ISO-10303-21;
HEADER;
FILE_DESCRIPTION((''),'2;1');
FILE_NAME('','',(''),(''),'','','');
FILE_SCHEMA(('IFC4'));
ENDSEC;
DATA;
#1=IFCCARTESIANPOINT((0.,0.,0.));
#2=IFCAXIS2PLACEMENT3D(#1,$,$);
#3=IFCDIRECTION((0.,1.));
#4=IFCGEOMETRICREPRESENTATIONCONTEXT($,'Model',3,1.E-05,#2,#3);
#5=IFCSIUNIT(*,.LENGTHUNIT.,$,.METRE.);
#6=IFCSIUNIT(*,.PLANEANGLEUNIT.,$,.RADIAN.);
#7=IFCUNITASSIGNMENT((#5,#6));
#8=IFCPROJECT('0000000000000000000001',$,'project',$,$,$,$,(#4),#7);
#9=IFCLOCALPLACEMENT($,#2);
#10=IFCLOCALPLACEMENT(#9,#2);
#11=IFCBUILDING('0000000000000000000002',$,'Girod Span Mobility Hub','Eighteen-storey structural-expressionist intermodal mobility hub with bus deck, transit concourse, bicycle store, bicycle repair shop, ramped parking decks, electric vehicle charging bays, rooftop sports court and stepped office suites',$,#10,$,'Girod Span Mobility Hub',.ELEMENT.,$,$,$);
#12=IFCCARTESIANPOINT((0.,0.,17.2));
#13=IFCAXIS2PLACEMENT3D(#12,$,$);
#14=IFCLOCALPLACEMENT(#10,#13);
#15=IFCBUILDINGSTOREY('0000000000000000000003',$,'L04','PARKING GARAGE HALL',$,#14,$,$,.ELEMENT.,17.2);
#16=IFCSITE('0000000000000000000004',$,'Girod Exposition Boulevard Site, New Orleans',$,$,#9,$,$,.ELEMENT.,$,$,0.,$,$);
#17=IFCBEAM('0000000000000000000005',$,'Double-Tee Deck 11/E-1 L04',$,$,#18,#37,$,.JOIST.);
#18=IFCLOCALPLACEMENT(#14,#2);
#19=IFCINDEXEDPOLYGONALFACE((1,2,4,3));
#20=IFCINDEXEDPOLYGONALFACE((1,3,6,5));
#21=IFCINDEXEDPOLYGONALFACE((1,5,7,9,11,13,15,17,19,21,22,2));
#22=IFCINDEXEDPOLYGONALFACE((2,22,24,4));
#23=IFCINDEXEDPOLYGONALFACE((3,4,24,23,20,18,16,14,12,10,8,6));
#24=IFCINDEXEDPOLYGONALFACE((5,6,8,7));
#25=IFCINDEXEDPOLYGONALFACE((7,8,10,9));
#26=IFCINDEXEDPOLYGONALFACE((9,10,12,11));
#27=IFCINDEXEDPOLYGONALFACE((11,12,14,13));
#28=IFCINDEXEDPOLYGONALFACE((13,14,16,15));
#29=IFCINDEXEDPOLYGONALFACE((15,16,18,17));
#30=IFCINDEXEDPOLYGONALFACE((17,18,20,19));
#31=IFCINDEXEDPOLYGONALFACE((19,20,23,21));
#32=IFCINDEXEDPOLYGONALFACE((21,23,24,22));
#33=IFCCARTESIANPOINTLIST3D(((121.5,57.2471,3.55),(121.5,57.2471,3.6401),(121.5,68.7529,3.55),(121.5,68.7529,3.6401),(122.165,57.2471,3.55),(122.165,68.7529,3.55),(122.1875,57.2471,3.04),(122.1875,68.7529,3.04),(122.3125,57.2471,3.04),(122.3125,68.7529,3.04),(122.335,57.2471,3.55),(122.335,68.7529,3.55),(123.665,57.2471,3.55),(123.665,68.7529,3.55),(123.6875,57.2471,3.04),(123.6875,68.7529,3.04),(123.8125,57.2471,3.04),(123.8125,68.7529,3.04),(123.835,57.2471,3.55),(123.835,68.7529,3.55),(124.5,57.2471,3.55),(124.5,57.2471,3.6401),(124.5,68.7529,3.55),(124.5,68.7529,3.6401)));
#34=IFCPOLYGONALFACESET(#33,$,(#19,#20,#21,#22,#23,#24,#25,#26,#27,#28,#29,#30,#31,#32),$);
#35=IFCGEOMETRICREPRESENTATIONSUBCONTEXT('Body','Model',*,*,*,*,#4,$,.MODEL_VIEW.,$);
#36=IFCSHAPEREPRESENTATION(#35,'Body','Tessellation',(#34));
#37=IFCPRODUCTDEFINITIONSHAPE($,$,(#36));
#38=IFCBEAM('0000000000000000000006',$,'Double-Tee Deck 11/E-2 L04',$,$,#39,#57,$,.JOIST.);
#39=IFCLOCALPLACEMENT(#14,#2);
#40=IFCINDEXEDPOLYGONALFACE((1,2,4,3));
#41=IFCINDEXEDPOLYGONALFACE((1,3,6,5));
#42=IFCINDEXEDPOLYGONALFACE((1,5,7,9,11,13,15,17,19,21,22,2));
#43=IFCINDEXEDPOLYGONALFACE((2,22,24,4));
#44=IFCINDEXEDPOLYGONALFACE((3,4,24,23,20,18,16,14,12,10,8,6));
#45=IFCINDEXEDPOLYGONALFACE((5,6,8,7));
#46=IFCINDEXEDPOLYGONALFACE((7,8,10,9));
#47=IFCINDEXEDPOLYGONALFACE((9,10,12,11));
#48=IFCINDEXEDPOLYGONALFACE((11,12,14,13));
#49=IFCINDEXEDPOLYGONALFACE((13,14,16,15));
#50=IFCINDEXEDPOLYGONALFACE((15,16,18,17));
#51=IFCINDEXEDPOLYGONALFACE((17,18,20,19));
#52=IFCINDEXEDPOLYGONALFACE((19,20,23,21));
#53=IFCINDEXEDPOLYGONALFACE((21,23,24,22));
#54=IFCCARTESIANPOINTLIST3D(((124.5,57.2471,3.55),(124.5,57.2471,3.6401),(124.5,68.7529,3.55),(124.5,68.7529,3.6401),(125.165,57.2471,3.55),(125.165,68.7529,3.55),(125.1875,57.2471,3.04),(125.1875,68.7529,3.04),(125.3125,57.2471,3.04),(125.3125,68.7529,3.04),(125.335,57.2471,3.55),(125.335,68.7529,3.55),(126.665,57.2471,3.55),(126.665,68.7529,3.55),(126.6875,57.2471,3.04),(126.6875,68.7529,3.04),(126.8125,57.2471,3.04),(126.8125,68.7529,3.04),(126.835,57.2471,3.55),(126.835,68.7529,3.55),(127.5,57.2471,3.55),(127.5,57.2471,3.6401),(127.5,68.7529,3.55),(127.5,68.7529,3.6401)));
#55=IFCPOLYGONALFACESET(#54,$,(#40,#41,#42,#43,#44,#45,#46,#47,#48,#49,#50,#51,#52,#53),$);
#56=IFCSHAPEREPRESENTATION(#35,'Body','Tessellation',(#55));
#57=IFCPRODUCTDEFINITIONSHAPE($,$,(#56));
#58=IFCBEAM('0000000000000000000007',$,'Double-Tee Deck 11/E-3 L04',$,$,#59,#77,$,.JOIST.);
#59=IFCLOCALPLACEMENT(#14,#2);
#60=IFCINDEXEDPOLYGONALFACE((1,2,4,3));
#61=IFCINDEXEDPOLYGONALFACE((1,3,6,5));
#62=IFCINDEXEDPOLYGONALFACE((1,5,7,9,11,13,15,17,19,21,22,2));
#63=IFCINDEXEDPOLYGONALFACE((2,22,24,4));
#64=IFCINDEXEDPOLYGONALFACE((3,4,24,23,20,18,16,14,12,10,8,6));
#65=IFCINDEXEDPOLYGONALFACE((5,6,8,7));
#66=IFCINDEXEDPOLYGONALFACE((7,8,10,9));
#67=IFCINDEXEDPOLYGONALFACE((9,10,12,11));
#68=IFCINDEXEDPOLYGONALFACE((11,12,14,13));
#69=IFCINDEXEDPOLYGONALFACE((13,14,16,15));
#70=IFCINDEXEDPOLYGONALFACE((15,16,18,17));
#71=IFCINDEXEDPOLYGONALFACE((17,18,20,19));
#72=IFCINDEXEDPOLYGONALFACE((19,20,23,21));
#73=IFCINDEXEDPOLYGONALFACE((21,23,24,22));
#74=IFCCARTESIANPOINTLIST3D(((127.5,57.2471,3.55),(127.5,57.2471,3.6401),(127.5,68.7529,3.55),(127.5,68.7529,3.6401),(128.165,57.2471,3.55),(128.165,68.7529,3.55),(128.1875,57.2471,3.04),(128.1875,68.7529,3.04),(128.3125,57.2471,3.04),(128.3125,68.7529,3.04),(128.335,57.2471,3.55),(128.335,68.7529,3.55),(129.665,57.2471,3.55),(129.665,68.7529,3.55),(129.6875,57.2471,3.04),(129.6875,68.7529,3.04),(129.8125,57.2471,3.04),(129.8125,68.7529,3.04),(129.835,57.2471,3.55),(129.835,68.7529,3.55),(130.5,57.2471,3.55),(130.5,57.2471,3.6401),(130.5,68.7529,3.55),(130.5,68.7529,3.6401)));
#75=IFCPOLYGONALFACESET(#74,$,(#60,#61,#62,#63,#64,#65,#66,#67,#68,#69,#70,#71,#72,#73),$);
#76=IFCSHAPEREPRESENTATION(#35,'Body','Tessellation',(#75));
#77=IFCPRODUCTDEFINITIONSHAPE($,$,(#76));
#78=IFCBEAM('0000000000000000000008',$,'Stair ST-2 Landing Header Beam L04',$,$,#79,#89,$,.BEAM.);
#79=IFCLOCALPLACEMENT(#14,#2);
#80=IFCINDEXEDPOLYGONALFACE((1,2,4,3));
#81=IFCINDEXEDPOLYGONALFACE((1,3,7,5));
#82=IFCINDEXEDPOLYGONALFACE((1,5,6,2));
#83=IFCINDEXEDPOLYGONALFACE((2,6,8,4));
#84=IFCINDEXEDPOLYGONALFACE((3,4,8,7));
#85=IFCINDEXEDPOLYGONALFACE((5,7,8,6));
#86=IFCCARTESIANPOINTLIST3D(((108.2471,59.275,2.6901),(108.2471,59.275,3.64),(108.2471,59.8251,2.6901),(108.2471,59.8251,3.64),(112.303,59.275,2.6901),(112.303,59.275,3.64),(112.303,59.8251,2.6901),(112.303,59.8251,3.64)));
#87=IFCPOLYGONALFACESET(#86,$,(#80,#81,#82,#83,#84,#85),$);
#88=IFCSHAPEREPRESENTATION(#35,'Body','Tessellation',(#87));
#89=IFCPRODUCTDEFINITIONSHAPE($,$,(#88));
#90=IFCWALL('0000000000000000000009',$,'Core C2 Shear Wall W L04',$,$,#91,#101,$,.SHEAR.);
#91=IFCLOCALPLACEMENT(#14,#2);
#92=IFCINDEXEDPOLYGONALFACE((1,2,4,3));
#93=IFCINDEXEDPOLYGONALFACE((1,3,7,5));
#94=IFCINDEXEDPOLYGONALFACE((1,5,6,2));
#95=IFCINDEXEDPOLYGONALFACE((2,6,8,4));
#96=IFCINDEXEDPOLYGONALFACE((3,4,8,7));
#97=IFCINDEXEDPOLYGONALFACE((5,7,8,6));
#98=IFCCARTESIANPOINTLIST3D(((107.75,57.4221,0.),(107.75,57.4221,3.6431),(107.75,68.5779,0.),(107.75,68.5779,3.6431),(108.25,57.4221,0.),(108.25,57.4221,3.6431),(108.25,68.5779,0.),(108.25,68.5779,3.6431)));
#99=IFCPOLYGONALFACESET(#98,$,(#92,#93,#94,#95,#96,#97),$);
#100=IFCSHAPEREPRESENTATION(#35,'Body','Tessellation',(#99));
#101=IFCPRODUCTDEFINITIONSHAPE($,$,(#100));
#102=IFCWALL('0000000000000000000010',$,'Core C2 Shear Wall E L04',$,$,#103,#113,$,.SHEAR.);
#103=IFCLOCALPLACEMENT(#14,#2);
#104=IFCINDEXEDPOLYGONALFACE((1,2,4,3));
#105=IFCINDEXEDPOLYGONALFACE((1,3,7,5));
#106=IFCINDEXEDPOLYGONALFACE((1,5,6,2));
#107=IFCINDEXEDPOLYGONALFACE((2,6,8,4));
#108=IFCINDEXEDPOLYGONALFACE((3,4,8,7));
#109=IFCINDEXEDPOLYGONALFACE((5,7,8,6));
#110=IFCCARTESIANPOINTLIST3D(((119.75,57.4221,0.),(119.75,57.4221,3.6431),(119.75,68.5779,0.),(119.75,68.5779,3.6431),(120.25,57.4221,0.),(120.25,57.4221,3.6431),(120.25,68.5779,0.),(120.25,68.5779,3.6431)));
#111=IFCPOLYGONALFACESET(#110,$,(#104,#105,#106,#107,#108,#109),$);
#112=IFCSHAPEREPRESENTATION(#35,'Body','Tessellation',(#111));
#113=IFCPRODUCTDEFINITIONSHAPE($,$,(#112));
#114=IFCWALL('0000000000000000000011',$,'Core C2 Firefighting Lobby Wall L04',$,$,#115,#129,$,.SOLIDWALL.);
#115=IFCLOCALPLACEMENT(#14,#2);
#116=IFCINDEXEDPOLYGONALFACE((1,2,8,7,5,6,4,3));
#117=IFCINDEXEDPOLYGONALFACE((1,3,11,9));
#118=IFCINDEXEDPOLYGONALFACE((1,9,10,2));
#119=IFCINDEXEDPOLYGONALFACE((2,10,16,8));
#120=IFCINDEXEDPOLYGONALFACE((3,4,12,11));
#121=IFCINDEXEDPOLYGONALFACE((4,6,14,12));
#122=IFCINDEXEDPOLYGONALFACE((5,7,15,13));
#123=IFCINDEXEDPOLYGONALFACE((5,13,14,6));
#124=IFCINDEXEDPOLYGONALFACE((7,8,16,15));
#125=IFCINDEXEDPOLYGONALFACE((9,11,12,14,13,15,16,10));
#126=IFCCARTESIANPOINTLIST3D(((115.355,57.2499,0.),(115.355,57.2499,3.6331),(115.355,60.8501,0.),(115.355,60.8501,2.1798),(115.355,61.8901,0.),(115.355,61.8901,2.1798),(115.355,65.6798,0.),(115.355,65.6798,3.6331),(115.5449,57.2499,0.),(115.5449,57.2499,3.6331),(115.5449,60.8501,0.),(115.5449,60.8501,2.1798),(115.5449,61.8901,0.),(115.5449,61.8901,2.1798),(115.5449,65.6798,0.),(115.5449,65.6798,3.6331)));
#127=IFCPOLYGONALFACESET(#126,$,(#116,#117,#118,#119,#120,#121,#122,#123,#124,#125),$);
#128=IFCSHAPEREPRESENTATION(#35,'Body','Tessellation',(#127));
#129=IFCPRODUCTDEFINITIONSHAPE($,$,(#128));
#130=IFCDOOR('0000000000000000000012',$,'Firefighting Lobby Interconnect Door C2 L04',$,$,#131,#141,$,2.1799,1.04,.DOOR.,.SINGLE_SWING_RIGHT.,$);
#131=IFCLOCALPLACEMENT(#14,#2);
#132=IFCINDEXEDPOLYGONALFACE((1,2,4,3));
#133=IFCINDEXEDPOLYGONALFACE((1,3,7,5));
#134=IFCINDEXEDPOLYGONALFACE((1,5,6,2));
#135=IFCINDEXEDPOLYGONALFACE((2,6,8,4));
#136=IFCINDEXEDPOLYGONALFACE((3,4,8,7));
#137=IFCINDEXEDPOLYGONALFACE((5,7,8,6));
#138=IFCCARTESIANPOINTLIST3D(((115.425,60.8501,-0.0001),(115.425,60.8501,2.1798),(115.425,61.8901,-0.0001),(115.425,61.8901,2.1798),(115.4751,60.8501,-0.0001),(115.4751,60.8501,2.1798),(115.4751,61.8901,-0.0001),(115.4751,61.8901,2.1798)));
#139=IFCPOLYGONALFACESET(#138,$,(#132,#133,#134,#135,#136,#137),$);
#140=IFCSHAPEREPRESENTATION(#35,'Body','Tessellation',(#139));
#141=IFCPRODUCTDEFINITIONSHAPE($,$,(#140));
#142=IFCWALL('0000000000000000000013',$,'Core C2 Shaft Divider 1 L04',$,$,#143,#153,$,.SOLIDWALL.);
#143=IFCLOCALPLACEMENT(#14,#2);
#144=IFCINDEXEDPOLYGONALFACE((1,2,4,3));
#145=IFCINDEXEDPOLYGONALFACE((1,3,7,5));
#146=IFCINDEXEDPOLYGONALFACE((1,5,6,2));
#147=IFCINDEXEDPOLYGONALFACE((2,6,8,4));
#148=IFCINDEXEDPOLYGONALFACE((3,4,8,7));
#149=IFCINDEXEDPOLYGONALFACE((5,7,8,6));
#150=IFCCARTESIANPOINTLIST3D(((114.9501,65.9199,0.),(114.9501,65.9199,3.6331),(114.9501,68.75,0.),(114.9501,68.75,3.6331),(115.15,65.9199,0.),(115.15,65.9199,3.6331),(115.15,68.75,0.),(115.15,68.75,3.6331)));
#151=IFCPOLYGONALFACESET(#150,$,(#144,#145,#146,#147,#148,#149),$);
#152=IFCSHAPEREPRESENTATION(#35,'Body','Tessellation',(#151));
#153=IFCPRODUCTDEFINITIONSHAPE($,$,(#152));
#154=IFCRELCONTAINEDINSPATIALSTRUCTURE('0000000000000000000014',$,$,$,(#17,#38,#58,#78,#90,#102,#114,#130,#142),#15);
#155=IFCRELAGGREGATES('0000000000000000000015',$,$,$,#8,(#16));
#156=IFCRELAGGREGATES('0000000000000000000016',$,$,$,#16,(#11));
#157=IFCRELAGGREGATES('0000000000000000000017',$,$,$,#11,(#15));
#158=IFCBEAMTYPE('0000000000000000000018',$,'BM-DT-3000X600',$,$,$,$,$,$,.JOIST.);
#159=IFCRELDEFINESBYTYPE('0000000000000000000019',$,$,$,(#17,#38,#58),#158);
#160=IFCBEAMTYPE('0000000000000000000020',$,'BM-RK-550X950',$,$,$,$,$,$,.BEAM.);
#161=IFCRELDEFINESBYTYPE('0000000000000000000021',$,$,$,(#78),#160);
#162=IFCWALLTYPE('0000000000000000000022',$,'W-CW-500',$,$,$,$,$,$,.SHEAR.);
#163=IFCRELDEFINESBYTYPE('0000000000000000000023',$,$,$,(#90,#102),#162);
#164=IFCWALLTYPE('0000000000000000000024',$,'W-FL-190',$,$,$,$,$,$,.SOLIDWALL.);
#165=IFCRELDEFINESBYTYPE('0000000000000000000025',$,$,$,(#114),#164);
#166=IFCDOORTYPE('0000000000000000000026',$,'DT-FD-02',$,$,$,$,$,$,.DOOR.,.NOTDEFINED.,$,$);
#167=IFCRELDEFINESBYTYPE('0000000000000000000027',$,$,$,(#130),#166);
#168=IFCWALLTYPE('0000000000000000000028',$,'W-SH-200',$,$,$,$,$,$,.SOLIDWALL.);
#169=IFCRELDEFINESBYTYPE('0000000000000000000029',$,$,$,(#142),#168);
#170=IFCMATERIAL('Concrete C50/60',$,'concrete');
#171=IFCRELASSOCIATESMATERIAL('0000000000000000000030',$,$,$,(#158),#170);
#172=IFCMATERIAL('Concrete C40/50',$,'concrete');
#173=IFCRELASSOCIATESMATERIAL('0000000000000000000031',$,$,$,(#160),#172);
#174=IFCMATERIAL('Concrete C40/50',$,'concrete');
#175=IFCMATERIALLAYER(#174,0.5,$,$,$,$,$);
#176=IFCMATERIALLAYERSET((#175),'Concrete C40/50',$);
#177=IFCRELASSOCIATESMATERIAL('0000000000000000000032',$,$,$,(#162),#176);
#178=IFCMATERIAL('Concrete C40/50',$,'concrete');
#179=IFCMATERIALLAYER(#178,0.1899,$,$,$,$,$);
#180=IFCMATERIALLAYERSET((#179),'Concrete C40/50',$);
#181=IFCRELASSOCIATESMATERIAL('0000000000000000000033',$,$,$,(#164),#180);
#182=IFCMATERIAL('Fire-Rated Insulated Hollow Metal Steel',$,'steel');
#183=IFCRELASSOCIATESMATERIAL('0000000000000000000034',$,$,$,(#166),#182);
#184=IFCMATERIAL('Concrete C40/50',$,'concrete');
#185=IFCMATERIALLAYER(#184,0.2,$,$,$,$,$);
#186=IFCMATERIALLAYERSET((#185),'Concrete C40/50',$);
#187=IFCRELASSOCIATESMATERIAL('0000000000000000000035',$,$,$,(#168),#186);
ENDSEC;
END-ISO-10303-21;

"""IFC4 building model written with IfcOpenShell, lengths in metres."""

from ifc_helpers import new_model, si_unit, direction, frame, frame_2d, origin, origin_2d, place, context, subcontext, project, spatial, polyline, rectangle, outline, extrude, material, layer, layer_set, material_profile, profile_set, type_object, element, fill, save


model = new_model("IFC4")

# Units and contexts
model_context = context("Model", 3, precision=1e-05, world=origin(), true_north=direction((0.0, 1.0)))
body_context = subcontext(model_context, "Body", "Model", "MODEL_VIEW")
ifc_project = project(units=[si_unit("LENGTHUNIT", "METRE"), si_unit("PLANEANGLEUNIT", "RADIAN")], contexts=[model_context])

# Site, building, storey
site_placement = place(None, origin())
site = spatial("IfcSite", under=ifc_project, at=site_placement, Name="Girod Exposition Boulevard Site, New Orleans", CompositionType="ELEMENT", RefElevation=0.0)
building_placement = place(site_placement, origin())
building = spatial("IfcBuilding", under=site, at=building_placement, Name="Girod Span Mobility Hub", Description="Eighteen-storey structural-expressionist intermodal mobility hub with bus deck, transit concourse, bicycle store, bicycle repair shop, ramped parking decks, electric vehicle charging bays, rooftop sports court and stepped office suites", LongName="Girod Span Mobility Hub", CompositionType="ELEMENT")
storey_placement = place(building_placement, frame((0.0, 0.0, 17.2)))
storey = spatial("IfcBuildingStorey", under=building, at=storey_placement, Name="L04", Description="PARKING GARAGE HALL", CompositionType="ELEMENT", Elevation=17.2)

# Beams
ifc_material_1 = material(Name="Concrete C50/60", Category="concrete")
ifc_material_profile_1 = material_profile(ifc_material_1, outline(polyline([(-1.5, 0.3), (-1.5, 0.21), (-0.835, 0.21), (-0.8125, -0.3), (-0.6875, -0.3), (-0.665, 0.21), (0.665, 0.21), (0.6875, -0.3), (0.8125, -0.3), (0.835, 0.21), (1.5, 0.21), (1.5, 0.3), (-1.5, 0.3)])), Name="DT-3000X600")
ifc_profile_set_1 = profile_set([ifc_material_profile_1], Name="Concrete C50/60")
beam_type_1 = type_object("IfcBeamType", Name="BM-DT-3000X600", PredefinedType="JOIST", material=ifc_profile_set_1)
for number, where, z_axis, x_axis, name in (
    (1, (123.0, 57.2471, 3.3401), (0.0, 1.0, 0.0), (-1.0, 0.0, 0.0), "Double-Tee Deck 11/E-1 L04"),
    (2, (126.0, 57.2471, 3.3401), (0.0, 1.0, 0.0), (-1.0, 0.0, 0.0), "Double-Tee Deck 11/E-2 L04"),
    (3, (129.0, 57.2471, 3.3401), (0.0, 1.0, 0.0), (-1.0, 0.0, 0.0), "Double-Tee Deck 11/E-3 L04"),
):
    element("IfcBeam", number, at=place(storey_placement, frame(where, z_axis=z_axis, x_axis=x_axis)), inside=storey, type_object=beam_type_1, Name=name, PredefinedType="JOIST", context=body_context, shape_type="SweptSolid", body=[
        extrude(outline(polyline([(-1.5, 0.3), (-1.5, 0.21), (-0.835, 0.21), (-0.8125, -0.3), (-0.6875, -0.3), (-0.665, 0.21), (0.665, 0.21), (0.6875, -0.3), (0.8125, -0.3), (0.835, 0.21), (1.5, 0.21), (1.5, 0.3), (-1.5, 0.3)])), origin(), (0.0, 0.0, 1.0), 11.5059),
    ])
ifc_material_2 = material(Name="Concrete C40/50", Category="concrete")
ifc_material_profile_2 = material_profile(ifc_material_2, rectangle(XDim=0.55, YDim=0.95, at=origin_2d()), Name="RK-550X950")
ifc_profile_set_2 = profile_set([ifc_material_profile_2], Name="Concrete C40/50")
beam_type_2 = type_object("IfcBeamType", Name="BM-RK-550X950", PredefinedType="BEAM", material=ifc_profile_set_2)
beam_placement = place(storey_placement, frame((108.2471, 59.55, 3.165), z_axis=(1.0, 0.0, 0.0), x_axis=(0.0, 1.0, 0.0)))
element("IfcBeam", 4, at=beam_placement, inside=storey, type_object=beam_type_2, Name="Stair ST-2 Landing Header Beam L04", PredefinedType="BEAM", context=body_context, shape_type="SweptSolid", body=[
    extrude(rectangle(XDim=0.55, YDim=0.95, at=origin_2d()), origin(), (0.0, 0.0, 1.0), 4.0559),
])

# Walls
ifc_material_3 = material(Name="Concrete C40/50", Category="concrete")
ifc_layer_1 = layer(ifc_material_3, 0.5)
ifc_layer_set_1 = layer_set([ifc_layer_1], Name="Concrete C40/50")
wall_type_1 = type_object("IfcWallType", Name="W-CW-500", PredefinedType="SHEAR", material=ifc_layer_set_1)
for number, where, z_axis, x_axis, name in (
    (5, (108.0, 57.4221, 0.0), (0.0, 0.0, 1.0), (0.0, 1.0, 0.0), "Core C2 Shear Wall W L04"),
    (6, (120.0, 57.4221, 0.0), (0.0, 0.0, 1.0), (0.0, 1.0, 0.0), "Core C2 Shear Wall E L04"),
):
    element("IfcWall", number, at=place(storey_placement, frame(where, z_axis=z_axis, x_axis=x_axis)), inside=storey, type_object=wall_type_1, Name=name, PredefinedType="SHEAR", context=body_context, shape_type="SweptSolid", body=[
        extrude(rectangle(XDim=11.1558, YDim=0.5, at=frame_2d((5.5779, 0.0))), origin(), (0.0, 0.0, 1.0), 3.6431),
    ])

# Wall, opening, door
ifc_material_4 = material(Name="Concrete C40/50", Category="concrete")
ifc_layer_2 = layer(ifc_material_4, 0.1899)
ifc_layer_set_2 = layer_set([ifc_layer_2], Name="Concrete C40/50")
wall_type_2 = type_object("IfcWallType", Name="W-FL-190", PredefinedType="SOLIDWALL", material=ifc_layer_set_2)
wall_1_placement = place(storey_placement, frame((115.45, 57.25, 0.0), z_axis=(0.0, 0.0, 1.0), x_axis=(0.0, 1.0, 0.0)))
wall_1 = element("IfcWall", 7, at=wall_1_placement, inside=storey, type_object=wall_type_2, Name="Core C2 Firefighting Lobby Wall L04", PredefinedType="SOLIDWALL", context=body_context, shape_type="SweptSolid", body=[
    extrude(rectangle(XDim=8.4299, YDim=0.1899, at=frame_2d((4.2148, 0.0))), origin(), (0.0, 0.0, 1.0), 3.6331),
])
opening_1_placement = place(wall_1_placement, frame((3.6001, 0.0, 0.0)))
opening_1 = element("IfcOpeningElement", 8, at=opening_1_placement, cuts=wall_1, PredefinedType="OPENING", context=body_context, shape_type="SweptSolid", body=[
    extrude(rectangle(XDim=1.04, YDim=2.1799, at=frame_2d((0.52, 1.0898))), frame((0.0, 0.1099, 0.0), z_axis=(0.0, -1.0, 0.0), x_axis=(1.0, 0.0, 0.0)), (0.0, 0.0, 1.0), 0.22),
])
ifc_material_5 = material(Name="Fire-Rated Insulated Hollow Metal Steel", Category="steel")
door_type_1 = type_object("IfcDoorType", Name="DT-FD-02", OperationType="NOTDEFINED", PredefinedType="DOOR", material=ifc_material_5)
door_1_placement = place(opening_1_placement, origin())
door_1 = element("IfcDoor", 9, at=door_1_placement, inside=storey, type_object=door_type_1, Name="Firefighting Lobby Interconnect Door C2 L04", OperationType="SINGLE_SWING_RIGHT", OverallHeight=2.1799, OverallWidth=1.04, PredefinedType="DOOR", context=body_context, shape_type="SweptSolid", body=[
    extrude(rectangle(XDim=1.04, YDim=2.1799, at=frame_2d((0.52, 1.0898))), frame((0.0, 0.0249, 0.0), z_axis=(0.0, -1.0, 0.0), x_axis=(1.0, 0.0, 0.0)), (0.0, 0.0, 1.0), 0.05),
])
fill(opening_1, door_1)

# Wall
ifc_material_6 = material(Name="Concrete C40/50", Category="concrete")
ifc_layer_3 = layer(ifc_material_6, 0.2)
ifc_layer_set_3 = layer_set([ifc_layer_3], Name="Concrete C40/50")
wall_type_3 = type_object("IfcWallType", Name="W-SH-200", PredefinedType="SOLIDWALL", material=ifc_layer_set_3)
wall_2_placement = place(storey_placement, frame((115.05, 65.9199, 0.0), z_axis=(0.0, 0.0, 1.0), x_axis=(0.0, 1.0, 0.0)))
element("IfcWall", 10, at=wall_2_placement, inside=storey, type_object=wall_type_3, Name="Core C2 Shaft Divider 1 L04", PredefinedType="SOLIDWALL", context=body_context, shape_type="SweptSolid", body=[
    extrude(rectangle(XDim=2.8301, YDim=0.2, at=frame_2d((1.415, 0.0))), origin(), (0.0, 0.0, 1.0), 3.6331),
])

save(model, "model.ifc")
